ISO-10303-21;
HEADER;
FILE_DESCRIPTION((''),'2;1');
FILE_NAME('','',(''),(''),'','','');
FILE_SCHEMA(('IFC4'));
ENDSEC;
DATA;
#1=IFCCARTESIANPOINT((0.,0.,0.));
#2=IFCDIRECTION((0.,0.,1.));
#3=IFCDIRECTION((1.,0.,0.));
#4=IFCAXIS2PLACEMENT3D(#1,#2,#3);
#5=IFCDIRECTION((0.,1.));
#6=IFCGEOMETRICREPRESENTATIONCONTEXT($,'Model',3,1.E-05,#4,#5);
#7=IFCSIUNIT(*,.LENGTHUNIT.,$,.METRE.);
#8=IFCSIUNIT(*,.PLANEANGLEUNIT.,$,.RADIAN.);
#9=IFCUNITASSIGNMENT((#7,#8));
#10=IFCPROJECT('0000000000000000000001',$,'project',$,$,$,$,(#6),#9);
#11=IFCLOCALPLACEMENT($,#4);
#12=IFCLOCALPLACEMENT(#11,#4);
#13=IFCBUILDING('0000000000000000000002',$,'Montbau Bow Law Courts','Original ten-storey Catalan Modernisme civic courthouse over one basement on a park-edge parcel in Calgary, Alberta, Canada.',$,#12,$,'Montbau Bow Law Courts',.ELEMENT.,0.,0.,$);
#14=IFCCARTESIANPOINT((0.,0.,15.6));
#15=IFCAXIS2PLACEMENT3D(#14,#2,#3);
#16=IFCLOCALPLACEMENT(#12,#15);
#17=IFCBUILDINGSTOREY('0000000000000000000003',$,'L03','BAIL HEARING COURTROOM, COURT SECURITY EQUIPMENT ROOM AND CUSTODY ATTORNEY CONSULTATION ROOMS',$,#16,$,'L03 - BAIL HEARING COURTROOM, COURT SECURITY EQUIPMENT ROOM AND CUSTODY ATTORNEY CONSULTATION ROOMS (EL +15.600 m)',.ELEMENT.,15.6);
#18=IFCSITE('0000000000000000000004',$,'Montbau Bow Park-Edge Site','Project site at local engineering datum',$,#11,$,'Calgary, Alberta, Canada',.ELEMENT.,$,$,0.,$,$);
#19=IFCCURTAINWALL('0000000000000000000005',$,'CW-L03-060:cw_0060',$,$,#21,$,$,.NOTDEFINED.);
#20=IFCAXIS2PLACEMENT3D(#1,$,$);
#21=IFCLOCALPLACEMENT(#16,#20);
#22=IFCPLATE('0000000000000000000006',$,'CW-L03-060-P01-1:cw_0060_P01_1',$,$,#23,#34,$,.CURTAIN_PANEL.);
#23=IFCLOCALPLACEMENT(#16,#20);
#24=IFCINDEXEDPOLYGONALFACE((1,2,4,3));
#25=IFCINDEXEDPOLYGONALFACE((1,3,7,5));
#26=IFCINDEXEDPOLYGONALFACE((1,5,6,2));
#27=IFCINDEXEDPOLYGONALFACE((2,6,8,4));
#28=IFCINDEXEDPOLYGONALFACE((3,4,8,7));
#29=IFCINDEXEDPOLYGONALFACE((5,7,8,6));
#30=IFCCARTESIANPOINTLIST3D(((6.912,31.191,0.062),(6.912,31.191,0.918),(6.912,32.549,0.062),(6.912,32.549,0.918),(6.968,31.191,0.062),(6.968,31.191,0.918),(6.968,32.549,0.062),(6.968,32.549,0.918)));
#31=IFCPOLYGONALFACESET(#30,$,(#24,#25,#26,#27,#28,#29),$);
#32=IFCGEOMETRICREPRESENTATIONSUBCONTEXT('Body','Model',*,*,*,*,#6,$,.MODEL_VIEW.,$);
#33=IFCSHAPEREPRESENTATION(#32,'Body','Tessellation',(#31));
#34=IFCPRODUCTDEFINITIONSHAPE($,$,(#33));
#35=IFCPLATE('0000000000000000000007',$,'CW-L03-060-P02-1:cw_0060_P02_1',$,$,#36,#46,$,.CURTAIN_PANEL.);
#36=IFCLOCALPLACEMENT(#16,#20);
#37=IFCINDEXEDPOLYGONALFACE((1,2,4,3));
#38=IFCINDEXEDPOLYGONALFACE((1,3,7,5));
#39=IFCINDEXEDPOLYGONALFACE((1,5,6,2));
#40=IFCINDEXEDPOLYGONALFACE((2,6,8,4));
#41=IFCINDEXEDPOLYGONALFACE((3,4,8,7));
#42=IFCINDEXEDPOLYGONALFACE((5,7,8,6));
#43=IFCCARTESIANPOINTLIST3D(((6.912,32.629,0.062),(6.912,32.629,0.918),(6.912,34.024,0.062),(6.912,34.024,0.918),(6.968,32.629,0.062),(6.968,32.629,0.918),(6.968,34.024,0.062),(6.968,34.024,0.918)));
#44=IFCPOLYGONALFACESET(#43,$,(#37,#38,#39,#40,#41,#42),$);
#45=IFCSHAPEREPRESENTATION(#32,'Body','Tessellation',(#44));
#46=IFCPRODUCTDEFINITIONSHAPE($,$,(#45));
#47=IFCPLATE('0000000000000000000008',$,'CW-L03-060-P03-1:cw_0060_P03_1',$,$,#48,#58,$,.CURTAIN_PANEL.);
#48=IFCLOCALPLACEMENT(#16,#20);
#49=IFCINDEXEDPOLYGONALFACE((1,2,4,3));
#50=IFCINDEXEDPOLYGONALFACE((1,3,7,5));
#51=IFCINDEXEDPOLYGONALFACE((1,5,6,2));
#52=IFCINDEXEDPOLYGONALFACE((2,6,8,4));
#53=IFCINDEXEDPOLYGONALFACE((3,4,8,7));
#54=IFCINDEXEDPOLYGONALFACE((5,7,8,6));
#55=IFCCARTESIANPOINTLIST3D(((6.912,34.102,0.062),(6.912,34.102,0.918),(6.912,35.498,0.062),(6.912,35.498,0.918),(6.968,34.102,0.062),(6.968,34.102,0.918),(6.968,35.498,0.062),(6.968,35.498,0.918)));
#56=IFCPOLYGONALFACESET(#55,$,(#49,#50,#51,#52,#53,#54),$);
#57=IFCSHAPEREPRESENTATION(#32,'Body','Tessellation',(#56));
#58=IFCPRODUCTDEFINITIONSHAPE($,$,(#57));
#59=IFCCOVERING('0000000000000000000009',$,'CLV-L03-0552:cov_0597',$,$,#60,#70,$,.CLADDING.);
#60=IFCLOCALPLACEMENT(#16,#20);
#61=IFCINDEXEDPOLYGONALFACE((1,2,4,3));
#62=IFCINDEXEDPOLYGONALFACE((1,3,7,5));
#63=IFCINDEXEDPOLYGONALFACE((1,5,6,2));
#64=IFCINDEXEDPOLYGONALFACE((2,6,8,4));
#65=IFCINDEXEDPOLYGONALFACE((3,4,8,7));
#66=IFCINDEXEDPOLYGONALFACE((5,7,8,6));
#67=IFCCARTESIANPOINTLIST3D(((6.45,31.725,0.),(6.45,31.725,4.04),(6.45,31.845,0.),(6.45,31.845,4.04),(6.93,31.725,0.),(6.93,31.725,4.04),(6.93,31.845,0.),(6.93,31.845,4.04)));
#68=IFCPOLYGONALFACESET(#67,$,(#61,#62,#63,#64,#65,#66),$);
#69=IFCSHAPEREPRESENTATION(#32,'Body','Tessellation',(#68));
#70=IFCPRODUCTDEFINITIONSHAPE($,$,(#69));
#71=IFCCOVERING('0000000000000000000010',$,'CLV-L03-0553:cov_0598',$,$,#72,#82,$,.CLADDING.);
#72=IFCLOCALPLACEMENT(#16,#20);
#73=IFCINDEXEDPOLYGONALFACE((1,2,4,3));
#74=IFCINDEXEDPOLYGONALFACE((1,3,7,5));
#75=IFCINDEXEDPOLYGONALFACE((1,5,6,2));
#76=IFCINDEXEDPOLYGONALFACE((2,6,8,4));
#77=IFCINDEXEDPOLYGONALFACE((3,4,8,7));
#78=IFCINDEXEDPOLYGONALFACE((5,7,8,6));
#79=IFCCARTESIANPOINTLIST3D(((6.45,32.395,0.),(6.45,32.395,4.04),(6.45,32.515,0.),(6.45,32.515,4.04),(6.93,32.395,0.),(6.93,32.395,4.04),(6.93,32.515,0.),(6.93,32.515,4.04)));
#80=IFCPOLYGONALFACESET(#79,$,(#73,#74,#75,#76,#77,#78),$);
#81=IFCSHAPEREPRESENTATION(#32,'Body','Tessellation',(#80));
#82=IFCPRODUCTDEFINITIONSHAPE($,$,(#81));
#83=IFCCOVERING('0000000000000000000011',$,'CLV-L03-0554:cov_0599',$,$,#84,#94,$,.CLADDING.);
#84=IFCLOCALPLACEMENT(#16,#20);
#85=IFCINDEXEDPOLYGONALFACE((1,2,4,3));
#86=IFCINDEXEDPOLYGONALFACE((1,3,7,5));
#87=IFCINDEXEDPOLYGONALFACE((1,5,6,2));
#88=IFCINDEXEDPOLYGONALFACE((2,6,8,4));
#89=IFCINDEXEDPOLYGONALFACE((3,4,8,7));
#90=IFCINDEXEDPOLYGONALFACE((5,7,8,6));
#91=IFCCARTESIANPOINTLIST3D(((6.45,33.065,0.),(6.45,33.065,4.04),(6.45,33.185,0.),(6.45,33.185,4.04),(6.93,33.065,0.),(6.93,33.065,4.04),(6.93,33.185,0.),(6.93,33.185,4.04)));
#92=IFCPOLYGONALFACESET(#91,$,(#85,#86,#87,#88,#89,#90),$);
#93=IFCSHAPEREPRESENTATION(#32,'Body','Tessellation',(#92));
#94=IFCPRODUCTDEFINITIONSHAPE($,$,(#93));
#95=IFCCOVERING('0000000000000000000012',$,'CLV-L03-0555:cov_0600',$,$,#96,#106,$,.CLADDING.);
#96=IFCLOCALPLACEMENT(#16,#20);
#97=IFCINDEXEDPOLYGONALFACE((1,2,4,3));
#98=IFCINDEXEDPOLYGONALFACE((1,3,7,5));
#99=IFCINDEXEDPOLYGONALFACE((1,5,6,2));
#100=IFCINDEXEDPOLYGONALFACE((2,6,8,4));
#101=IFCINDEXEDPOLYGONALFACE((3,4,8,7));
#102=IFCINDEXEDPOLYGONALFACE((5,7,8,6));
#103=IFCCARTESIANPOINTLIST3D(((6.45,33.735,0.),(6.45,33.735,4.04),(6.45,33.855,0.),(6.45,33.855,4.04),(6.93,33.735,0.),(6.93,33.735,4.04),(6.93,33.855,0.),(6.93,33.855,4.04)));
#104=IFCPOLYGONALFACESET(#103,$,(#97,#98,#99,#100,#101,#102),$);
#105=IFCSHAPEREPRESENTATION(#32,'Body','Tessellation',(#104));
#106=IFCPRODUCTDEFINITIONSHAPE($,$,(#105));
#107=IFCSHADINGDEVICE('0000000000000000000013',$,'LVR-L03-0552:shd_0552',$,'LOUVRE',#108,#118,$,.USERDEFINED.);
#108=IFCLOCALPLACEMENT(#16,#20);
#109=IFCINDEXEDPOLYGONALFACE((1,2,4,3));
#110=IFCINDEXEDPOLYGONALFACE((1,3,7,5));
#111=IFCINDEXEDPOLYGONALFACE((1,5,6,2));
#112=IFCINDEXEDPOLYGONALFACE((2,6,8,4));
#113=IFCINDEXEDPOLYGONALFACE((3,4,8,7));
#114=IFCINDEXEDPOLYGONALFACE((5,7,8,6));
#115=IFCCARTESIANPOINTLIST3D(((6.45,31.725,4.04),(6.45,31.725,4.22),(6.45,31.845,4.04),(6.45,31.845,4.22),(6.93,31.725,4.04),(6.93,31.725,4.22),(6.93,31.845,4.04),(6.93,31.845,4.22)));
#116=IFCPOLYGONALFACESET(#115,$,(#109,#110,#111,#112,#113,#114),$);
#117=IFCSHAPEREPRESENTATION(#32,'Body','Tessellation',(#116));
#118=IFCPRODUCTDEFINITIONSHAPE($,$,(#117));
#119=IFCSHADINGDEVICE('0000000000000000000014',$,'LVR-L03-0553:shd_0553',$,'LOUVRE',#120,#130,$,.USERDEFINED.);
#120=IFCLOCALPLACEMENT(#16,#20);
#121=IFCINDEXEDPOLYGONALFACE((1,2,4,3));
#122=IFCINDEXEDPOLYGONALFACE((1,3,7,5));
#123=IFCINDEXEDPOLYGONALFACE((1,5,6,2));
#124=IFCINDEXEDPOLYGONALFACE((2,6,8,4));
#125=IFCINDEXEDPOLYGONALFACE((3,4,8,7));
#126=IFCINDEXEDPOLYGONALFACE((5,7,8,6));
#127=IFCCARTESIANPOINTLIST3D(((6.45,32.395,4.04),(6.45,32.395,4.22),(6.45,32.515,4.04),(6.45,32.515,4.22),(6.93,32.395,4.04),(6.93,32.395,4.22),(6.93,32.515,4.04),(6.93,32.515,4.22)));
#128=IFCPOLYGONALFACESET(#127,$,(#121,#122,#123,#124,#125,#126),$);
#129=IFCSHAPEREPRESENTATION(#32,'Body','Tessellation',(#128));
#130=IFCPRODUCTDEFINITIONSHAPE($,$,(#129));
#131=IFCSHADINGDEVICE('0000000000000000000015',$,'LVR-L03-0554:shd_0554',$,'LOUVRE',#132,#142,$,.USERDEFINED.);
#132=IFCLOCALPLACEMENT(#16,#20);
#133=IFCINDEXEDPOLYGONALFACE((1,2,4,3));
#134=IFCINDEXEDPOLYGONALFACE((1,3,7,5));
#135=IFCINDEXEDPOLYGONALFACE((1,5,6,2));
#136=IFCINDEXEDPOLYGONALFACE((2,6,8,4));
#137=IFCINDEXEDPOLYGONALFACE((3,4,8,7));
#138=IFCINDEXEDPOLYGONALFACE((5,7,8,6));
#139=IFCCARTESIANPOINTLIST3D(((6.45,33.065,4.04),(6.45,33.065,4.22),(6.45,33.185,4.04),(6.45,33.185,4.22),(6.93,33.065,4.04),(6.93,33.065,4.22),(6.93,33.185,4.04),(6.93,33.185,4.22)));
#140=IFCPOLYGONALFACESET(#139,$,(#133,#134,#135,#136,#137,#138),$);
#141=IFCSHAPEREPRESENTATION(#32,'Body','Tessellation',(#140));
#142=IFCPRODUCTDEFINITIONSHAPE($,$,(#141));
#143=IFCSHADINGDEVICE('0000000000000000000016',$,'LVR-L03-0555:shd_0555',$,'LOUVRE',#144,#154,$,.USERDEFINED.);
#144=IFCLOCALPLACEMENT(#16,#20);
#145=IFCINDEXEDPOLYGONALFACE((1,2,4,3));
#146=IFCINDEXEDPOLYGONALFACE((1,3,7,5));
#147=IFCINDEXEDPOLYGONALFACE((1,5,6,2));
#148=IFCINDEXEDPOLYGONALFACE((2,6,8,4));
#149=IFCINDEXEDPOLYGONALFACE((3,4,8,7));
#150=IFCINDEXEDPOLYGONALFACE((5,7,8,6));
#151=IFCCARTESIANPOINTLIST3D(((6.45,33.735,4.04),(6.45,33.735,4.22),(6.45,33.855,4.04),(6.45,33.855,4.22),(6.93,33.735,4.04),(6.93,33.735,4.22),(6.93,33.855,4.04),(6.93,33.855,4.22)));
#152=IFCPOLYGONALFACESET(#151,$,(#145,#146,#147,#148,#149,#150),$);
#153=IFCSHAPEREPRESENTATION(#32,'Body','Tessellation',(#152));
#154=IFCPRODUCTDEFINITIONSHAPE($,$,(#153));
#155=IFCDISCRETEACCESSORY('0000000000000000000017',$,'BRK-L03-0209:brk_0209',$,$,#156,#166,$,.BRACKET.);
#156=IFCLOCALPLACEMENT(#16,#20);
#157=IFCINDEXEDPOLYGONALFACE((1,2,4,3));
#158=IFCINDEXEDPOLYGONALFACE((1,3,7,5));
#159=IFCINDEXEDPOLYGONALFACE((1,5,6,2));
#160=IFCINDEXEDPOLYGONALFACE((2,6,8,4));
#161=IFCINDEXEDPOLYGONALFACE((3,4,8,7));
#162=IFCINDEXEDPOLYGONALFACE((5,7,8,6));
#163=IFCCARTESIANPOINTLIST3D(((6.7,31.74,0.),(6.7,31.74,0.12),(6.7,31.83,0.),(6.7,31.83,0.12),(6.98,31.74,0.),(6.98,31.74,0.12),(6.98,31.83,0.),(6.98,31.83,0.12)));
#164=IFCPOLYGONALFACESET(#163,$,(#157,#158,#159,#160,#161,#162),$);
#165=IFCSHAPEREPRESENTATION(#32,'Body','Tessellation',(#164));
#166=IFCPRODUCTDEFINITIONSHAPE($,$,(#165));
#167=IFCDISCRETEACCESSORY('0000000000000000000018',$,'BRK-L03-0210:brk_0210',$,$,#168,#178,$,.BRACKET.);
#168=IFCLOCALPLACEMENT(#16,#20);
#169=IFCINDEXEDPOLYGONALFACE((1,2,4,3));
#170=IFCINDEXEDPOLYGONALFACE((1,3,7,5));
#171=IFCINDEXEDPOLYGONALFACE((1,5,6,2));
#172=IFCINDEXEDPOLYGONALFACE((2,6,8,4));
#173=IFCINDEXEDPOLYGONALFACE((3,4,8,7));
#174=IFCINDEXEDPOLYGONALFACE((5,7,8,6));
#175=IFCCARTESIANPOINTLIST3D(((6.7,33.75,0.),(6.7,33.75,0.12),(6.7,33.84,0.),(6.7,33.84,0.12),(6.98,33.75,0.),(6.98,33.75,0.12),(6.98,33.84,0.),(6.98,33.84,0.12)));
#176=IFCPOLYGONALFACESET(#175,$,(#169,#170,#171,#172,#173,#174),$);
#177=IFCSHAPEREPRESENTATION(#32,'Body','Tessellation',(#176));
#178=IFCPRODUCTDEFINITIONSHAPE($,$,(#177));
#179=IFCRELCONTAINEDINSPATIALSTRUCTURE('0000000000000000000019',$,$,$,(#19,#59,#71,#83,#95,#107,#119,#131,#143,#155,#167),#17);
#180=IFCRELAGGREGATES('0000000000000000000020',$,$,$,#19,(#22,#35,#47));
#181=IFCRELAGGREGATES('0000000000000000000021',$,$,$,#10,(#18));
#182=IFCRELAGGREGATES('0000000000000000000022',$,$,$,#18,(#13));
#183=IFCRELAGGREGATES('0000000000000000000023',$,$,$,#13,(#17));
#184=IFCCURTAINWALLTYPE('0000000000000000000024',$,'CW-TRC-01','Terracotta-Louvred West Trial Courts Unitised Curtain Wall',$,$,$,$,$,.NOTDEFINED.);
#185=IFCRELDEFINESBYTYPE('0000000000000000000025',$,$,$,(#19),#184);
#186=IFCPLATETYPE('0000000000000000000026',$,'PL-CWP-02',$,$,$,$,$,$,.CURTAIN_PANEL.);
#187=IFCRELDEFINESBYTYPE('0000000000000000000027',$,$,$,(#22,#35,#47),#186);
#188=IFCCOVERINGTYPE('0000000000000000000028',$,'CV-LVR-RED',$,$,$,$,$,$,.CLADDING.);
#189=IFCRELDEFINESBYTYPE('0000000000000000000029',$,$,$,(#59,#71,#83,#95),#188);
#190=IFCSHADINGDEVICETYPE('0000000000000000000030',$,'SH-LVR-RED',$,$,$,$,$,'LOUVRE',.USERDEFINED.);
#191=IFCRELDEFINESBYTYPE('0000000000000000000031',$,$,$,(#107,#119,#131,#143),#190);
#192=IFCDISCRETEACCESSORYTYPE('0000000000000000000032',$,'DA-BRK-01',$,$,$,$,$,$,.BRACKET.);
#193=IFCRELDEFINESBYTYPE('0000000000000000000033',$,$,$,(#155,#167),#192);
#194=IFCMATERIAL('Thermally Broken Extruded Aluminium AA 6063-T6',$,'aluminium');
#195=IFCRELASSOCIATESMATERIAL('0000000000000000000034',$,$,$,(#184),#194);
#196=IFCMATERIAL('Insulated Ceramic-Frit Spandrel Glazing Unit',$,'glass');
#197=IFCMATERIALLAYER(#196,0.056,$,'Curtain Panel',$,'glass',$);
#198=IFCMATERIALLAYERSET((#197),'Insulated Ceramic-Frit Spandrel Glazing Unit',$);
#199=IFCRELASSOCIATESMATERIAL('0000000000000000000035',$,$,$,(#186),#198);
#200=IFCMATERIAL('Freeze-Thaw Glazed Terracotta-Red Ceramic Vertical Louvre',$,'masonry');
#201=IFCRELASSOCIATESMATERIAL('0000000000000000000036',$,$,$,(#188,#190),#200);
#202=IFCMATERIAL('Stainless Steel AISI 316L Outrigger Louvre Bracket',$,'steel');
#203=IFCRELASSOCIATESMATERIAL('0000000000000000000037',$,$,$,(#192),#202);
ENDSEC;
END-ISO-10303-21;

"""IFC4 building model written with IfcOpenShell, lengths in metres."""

from ifc_helpers import new_model, si_unit, direction, frame, frame_2d, origin_with_axes, origin_2d_with_axis, place, context, subcontext, project, spatial, rectangle, extrude, material, layer, layer_set, type_object, element, aggregate, save


model = new_model("IFC4")

# Units and contexts
model_context = context("Model", 3, precision=1e-05, world=origin_with_axes(), true_north=direction((0.0, 1.0)))
body_context = subcontext(model_context, "Body", "Model", "MODEL_VIEW")
ifc_project = project(units=[si_unit("LENGTHUNIT", "METRE"), si_unit("PLANEANGLEUNIT", "RADIAN")], contexts=[model_context])

# Site, building, storey
site_placement = place(None, origin_with_axes())
site = spatial("IfcSite", under=ifc_project, at=site_placement, Name="Montbau Bow Park-Edge Site", Description="Project site at local engineering datum", LongName="Calgary, Alberta, Canada", CompositionType="ELEMENT", RefElevation=0.0)
building_placement = place(site_placement, origin_with_axes())
building = spatial("IfcBuilding", under=site, at=building_placement, Name="Montbau Bow Law Courts", Description="Original ten-storey Catalan Modernisme civic courthouse over one basement on a park-edge parcel in Calgary, Alberta, Canada.", LongName="Montbau Bow Law Courts", CompositionType="ELEMENT", ElevationOfRefHeight=0.0, ElevationOfTerrain=0.0)
storey_placement = place(building_placement, frame((0.0, 0.0, 15.6), z_axis=(0.0, 0.0, 1.0), x_axis=(1.0, 0.0, 0.0)))
storey = spatial("IfcBuildingStorey", under=building, at=storey_placement, Name="L03", Description="BAIL HEARING COURTROOM, COURT SECURITY EQUIPMENT ROOM AND CUSTODY ATTORNEY CONSULTATION ROOMS", LongName="L03 - BAIL HEARING COURTROOM, COURT SECURITY EQUIPMENT ROOM AND CUSTODY ATTORNEY CONSULTATION ROOMS (EL +15.600 m)", CompositionType="ELEMENT", Elevation=15.6)

# Curtain wall
ifc_material_1 = material(Name="Thermally Broken Extruded Aluminium AA 6063-T6", Category="aluminium")
curtain_wall_type = type_object("IfcCurtainWallType", Name="CW-TRC-01", Description="Terracotta-Louvred West Trial Courts Unitised Curtain Wall", PredefinedType="NOTDEFINED", material=ifc_material_1)
curtain_wall_1_placement = place(None, frame((6.94, 31.115, 15.6), z_axis=(0.0, 0.0, 1.0), x_axis=(1.0, 0.0, 0.0)))
curtain_wall_1 = element("IfcCurtainWall", 1, at=curtain_wall_1_placement, inside=storey, type_object=curtain_wall_type, Name="CW-L03-060:cw_0060", PredefinedType="NOTDEFINED")

# Plates
ifc_material_2 = material(Name="Insulated Ceramic-Frit Spandrel Glazing Unit", Category="glass")
ifc_layer_1 = layer(ifc_material_2, 0.056, Name="Curtain Panel", Category="glass")
ifc_layer_set_1 = layer_set([ifc_layer_1], Name="Insulated Ceramic-Frit Spandrel Glazing Unit")
plate_type_1 = type_object("IfcPlateType", Name="PL-CWP-02", PredefinedType="CURTAIN_PANEL", material=ifc_layer_set_1)
plate_1_placement = place(None, frame((6.94, 31.191, 15.662), z_axis=(1.0, 0.0, 0.0), x_axis=(0.0, 1.0, 0.0)))
plate_1 = element("IfcPlate", 2, at=plate_1_placement, type_object=plate_type_1, Name="CW-L03-060-P01-1:cw_0060_P01_1", PredefinedType="CURTAIN_PANEL", context=body_context, shape_type="SweptSolid", body=[
    extrude(rectangle(XDim=1.358, YDim=0.856, at=frame_2d((0.679, 0.428), x_axis=(1.0, 0.0))), frame((0.0, 0.0, -0.028), z_axis=(0.0, 0.0, 1.0), x_axis=(1.0, 0.0, 0.0)), (0.0, 0.0, 1.0), 0.056),
])
plate_2_placement = place(None, frame((6.94, 32.629, 15.662), z_axis=(1.0, 0.0, 0.0), x_axis=(0.0, 1.0, 0.0)))
plate_2 = element("IfcPlate", 3, at=plate_2_placement, type_object=plate_type_1, Name="CW-L03-060-P02-1:cw_0060_P02_1", PredefinedType="CURTAIN_PANEL", context=body_context, shape_type="SweptSolid", body=[
    extrude(rectangle(XDim=1.395, YDim=0.856, at=frame_2d((0.6975, 0.428), x_axis=(1.0, 0.0))), frame((0.0, 0.0, -0.028), z_axis=(0.0, 0.0, 1.0), x_axis=(1.0, 0.0, 0.0)), (0.0, 0.0, 1.0), 0.056),
])
plate_3_placement = place(None, frame((6.94, 34.102, 15.662), z_axis=(1.0, 0.0, 0.0), x_axis=(0.0, 1.0, 0.0)))
plate_3 = element("IfcPlate", 4, at=plate_3_placement, type_object=plate_type_1, Name="CW-L03-060-P03-1:cw_0060_P03_1", PredefinedType="CURTAIN_PANEL", context=body_context, shape_type="SweptSolid", body=[
    extrude(rectangle(XDim=1.396, YDim=0.856, at=frame_2d((0.698, 0.428), x_axis=(1.0, 0.0))), frame((0.0, 0.0, -0.028), z_axis=(0.0, 0.0, 1.0), x_axis=(1.0, 0.0, 0.0)), (0.0, 0.0, 1.0), 0.056),
])
aggregate(curtain_wall_1, [plate_1, plate_2, plate_3])

# Coverings
ifc_material_3 = material(Name="Freeze-Thaw Glazed Terracotta-Red Ceramic Vertical Louvre", Category="masonry")
covering_type = type_object("IfcCoveringType", Name="CV-LVR-RED", PredefinedType="CLADDING", material=ifc_material_3)
for number, where, z_axis, x_axis, name in (
    (5, (6.93, 31.785, 15.6), (0.0, 1.0, 0.0), (-1.0, 0.0, 0.0), "CLV-L03-0552:cov_0597"),
    (6, (6.93, 32.455, 15.6), (0.0, 1.0, 0.0), (-1.0, 0.0, 0.0), "CLV-L03-0553:cov_0598"),
    (7, (6.93, 33.125, 15.6), (0.0, 1.0, 0.0), (-1.0, 0.0, 0.0), "CLV-L03-0554:cov_0599"),
    (8, (6.93, 33.795, 15.6), (0.0, 1.0, 0.0), (-1.0, 0.0, 0.0), "CLV-L03-0555:cov_0600"),
):
    element("IfcCovering", number, at=place(None, frame(where, z_axis=z_axis, x_axis=x_axis)), inside=storey, type_object=covering_type, Name=name, PredefinedType="CLADDING", context=body_context, shape_type="SweptSolid", body=[
        extrude(rectangle(XDim=0.48, YDim=4.04, at=frame_2d((0.24, 2.02), x_axis=(1.0, 0.0))), frame((0.0, 0.0, -0.06), z_axis=(0.0, 0.0, 1.0), x_axis=(1.0, 0.0, 0.0)), (0.0, 0.0, 1.0), 0.12),
    ])

# Shading devices
shading_device_type = type_object("IfcShadingDeviceType", Name="SH-LVR-RED", ElementType="LOUVRE", PredefinedType="USERDEFINED", material=ifc_material_3)
for number, where, z_axis, x_axis, name in (
    (9, (6.69, 31.785, 19.64), (0.0, 0.0, 1.0), (-1.0, 0.0, 0.0), "LVR-L03-0552:shd_0552"),
    (10, (6.69, 32.455, 19.64), (0.0, 0.0, 1.0), (-1.0, 0.0, 0.0), "LVR-L03-0553:shd_0553"),
    (11, (6.69, 33.125, 19.64), (0.0, 0.0, 1.0), (-1.0, 0.0, 0.0), "LVR-L03-0554:shd_0554"),
    (12, (6.69, 33.795, 19.64), (0.0, 0.0, 1.0), (-1.0, 0.0, 0.0), "LVR-L03-0555:shd_0555"),
):
    element("IfcShadingDevice", number, at=place(None, frame(where, z_axis=z_axis, x_axis=x_axis)), inside=storey, type_object=shading_device_type, Name=name, ObjectType="LOUVRE", PredefinedType="USERDEFINED", context=body_context, shape_type="SweptSolid", body=[
        extrude(rectangle(XDim=0.48, YDim=0.12, at=origin_2d_with_axis()), origin_with_axes(), (0.0, 0.0, 1.0), 0.18),
    ])

# Discrete accessories
ifc_material_4 = material(Name="Stainless Steel AISI 316L Outrigger Louvre Bracket", Category="steel")
discrete_accessory_type = type_object("IfcDiscreteAccessoryType", Name="DA-BRK-01", PredefinedType="BRACKET", material=ifc_material_4)
for number, where, z_axis, x_axis, name in (
    (13, (6.84, 31.785, 15.6), (0.0, 0.0, 1.0), (-1.0, 0.0, 0.0), "BRK-L03-0209:brk_0209"),
    (14, (6.84, 33.795, 15.6), (0.0, 0.0, 1.0), (-1.0, 0.0, 0.0), "BRK-L03-0210:brk_0210"),
):
    element("IfcDiscreteAccessory", number, at=place(None, frame(where, z_axis=z_axis, x_axis=x_axis)), inside=storey, type_object=discrete_accessory_type, Name=name, PredefinedType="BRACKET", context=body_context, shape_type="SweptSolid", body=[
        extrude(rectangle(XDim=0.28, YDim=0.09, at=origin_2d_with_axis()), origin_with_axes(), (0.0, 0.0, 1.0), 0.12),
    ])

save(model, "model.ifc")
